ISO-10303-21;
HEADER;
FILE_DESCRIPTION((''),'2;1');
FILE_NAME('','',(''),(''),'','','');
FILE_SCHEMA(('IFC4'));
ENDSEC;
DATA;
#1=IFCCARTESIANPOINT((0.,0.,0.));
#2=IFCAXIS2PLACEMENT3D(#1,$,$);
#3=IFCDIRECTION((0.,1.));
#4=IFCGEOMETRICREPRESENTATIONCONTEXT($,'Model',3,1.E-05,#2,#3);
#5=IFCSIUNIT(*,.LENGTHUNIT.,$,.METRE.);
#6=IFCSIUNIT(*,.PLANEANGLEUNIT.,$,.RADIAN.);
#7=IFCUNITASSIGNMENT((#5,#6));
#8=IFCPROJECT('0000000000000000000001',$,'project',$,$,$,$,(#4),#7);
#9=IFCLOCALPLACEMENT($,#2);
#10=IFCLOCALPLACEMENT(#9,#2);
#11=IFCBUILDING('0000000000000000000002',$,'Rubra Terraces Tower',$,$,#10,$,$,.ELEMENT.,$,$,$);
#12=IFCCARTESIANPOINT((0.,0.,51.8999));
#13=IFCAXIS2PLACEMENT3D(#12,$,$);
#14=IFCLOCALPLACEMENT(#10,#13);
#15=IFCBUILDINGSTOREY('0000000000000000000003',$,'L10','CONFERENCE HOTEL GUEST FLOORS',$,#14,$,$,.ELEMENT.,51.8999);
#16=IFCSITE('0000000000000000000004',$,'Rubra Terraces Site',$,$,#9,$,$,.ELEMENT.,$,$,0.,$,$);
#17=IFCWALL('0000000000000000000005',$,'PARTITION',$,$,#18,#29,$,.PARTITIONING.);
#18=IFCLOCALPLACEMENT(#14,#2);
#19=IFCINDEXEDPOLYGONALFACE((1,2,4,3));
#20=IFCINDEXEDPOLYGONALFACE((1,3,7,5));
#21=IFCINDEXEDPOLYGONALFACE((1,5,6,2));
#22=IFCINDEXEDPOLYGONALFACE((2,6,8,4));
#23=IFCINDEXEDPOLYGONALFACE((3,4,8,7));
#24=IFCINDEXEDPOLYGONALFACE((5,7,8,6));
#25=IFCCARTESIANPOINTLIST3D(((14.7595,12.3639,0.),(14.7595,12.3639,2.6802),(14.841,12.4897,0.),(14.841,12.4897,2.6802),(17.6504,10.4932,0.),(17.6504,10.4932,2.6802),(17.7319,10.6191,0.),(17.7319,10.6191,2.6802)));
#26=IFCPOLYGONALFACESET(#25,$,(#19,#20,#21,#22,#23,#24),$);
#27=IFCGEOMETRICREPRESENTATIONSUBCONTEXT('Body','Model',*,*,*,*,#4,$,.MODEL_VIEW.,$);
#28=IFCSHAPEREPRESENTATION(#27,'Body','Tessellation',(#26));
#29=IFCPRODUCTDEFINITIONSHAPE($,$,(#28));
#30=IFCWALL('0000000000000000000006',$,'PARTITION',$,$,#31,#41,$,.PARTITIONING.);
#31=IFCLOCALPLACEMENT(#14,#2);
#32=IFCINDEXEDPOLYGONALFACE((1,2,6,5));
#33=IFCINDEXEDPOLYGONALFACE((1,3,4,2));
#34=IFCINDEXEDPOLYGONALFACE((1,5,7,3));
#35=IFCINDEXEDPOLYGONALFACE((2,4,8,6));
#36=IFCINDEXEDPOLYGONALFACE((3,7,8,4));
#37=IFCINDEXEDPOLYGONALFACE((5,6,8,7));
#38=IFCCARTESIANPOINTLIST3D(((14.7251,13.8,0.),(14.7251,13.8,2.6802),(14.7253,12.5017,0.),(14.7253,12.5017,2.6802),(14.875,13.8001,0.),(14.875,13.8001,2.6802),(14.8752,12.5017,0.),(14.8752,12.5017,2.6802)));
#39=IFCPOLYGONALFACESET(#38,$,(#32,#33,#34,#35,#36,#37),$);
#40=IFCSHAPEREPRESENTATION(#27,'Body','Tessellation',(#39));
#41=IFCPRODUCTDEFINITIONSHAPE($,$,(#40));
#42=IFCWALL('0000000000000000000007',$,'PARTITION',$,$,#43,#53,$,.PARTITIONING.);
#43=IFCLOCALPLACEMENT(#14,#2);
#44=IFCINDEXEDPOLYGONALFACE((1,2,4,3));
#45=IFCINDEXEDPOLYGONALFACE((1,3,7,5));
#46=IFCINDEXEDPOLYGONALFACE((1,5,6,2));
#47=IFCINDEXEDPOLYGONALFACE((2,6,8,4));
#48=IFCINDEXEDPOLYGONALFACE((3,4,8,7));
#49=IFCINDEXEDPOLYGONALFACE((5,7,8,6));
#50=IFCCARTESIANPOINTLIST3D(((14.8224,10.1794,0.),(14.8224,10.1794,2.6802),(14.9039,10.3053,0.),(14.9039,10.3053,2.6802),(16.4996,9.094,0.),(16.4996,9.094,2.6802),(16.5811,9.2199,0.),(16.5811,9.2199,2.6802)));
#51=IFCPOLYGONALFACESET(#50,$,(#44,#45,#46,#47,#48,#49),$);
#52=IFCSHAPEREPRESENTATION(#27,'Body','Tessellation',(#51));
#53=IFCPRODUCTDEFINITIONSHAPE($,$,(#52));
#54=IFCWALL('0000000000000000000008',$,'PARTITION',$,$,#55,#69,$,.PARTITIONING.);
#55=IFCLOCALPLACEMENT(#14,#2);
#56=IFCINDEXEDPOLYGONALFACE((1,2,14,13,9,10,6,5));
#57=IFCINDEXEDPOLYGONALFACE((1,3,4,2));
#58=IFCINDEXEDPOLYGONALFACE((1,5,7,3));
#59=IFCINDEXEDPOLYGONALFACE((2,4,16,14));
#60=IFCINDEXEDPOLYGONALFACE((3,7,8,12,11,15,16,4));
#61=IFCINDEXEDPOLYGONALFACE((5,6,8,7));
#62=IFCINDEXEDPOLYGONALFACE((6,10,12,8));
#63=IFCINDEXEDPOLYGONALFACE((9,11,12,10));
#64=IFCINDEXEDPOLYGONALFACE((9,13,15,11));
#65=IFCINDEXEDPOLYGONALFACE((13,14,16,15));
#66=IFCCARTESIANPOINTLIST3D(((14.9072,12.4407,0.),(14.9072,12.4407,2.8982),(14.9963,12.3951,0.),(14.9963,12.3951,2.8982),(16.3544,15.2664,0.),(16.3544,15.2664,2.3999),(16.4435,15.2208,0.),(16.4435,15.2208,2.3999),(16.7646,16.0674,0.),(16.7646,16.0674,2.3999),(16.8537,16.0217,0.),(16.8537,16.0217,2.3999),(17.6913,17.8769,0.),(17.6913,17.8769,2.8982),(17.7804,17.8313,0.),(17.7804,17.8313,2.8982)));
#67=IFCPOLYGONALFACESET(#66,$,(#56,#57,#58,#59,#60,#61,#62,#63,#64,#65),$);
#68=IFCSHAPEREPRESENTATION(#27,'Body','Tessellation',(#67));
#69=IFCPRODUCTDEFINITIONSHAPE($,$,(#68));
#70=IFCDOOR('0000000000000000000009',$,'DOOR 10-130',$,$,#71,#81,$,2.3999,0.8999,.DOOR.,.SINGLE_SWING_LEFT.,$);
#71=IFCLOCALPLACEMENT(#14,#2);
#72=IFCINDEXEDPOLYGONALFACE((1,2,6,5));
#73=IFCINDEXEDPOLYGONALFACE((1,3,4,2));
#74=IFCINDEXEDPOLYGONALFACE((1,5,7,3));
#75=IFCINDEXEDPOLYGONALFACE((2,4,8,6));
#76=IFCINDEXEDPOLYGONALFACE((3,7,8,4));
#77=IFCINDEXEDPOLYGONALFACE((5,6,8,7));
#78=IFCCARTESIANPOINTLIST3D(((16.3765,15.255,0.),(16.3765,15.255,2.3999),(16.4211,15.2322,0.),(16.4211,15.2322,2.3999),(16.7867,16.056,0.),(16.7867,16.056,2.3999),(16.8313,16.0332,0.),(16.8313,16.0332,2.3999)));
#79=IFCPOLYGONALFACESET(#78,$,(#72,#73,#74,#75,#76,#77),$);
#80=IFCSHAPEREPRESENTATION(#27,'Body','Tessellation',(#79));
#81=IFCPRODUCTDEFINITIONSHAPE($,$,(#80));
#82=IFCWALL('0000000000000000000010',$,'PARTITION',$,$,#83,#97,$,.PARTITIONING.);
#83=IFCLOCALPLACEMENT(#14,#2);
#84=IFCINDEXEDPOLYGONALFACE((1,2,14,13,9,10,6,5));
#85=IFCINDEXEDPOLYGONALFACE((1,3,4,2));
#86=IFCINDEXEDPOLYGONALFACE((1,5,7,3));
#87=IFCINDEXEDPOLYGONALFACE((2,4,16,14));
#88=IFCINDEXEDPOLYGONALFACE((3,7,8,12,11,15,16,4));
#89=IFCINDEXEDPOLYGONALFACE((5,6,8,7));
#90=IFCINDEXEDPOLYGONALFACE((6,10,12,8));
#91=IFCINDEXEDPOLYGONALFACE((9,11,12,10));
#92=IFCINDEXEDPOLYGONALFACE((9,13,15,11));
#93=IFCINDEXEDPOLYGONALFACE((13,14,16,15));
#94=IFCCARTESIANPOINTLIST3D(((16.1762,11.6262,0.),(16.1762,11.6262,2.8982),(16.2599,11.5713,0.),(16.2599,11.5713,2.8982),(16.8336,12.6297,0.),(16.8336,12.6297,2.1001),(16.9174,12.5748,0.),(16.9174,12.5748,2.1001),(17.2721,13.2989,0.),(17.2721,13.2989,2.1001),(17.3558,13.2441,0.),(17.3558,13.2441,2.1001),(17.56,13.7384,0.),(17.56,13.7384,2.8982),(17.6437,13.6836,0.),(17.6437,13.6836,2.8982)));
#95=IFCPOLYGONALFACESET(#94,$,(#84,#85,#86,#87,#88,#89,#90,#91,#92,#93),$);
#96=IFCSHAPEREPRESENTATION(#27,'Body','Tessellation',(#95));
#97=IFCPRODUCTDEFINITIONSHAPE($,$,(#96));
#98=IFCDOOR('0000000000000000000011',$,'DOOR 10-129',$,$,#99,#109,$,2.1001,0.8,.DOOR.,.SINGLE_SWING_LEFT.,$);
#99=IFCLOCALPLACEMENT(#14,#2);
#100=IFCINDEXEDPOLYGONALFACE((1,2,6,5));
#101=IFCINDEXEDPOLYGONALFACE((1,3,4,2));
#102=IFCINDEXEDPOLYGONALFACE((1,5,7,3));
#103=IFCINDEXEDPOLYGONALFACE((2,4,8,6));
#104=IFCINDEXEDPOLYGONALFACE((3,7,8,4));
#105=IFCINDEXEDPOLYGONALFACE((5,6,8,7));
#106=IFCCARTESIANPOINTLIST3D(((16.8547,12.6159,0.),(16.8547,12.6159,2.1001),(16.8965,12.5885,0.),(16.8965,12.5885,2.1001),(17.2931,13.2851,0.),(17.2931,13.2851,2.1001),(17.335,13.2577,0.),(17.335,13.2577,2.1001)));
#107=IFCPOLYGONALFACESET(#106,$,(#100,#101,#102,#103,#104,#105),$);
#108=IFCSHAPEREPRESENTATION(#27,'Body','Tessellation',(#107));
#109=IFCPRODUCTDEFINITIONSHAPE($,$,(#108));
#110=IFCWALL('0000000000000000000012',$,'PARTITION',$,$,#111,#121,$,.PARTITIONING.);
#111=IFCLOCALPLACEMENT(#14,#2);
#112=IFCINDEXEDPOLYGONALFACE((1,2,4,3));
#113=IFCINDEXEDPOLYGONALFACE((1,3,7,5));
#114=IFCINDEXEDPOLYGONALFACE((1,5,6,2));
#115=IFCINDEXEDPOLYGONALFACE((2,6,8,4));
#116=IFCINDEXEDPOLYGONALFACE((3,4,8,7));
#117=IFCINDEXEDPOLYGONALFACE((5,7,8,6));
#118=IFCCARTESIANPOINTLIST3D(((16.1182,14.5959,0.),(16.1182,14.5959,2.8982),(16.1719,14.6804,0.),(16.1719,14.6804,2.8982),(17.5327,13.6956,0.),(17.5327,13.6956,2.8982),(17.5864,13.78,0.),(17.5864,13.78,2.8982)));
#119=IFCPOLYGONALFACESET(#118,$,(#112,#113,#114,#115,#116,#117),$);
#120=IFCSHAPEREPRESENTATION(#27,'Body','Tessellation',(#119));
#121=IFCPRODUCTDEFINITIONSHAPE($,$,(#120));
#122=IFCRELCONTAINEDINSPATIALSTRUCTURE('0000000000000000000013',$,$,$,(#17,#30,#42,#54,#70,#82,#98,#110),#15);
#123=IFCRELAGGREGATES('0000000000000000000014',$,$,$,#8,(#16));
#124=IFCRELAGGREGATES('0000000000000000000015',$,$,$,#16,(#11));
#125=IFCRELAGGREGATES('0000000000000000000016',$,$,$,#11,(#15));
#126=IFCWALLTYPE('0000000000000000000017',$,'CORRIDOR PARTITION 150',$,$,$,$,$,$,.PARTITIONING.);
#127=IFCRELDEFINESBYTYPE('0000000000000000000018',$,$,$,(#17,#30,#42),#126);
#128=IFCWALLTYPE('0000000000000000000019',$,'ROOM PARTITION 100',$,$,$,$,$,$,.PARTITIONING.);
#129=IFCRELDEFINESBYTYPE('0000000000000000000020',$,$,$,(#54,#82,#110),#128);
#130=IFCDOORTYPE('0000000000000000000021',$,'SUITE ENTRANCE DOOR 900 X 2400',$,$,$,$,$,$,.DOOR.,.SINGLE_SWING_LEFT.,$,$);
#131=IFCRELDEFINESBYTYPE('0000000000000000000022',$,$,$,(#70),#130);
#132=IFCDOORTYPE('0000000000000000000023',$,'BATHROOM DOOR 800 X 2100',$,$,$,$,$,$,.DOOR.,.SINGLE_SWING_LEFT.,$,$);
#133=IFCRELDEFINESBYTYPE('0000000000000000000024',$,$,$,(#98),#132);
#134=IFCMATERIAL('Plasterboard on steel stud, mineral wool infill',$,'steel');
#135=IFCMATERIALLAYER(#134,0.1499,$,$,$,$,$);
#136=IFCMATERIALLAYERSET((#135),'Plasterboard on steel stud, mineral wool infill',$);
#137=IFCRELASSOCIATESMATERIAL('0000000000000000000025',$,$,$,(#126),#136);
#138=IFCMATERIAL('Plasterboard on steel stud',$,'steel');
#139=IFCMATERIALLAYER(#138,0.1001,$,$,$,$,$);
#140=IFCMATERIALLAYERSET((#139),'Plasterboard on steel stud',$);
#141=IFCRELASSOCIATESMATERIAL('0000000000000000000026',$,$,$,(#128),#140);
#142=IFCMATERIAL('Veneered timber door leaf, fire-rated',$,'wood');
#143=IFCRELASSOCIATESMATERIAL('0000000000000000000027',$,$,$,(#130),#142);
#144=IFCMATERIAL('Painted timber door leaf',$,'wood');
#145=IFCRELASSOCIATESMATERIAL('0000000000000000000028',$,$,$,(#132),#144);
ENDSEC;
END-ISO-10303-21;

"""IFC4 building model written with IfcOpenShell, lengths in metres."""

from ifc_helpers import new_model, si_unit, direction, frame, frame_2d, origin, place, context, subcontext, project, spatial, rectangle, extrude, material, layer, layer_set, type_object, element, fill, save


model = new_model("IFC4")

# Units and contexts
model_context = context("Model", 3, precision=1e-05, world=origin(), true_north=direction((0.0, 1.0)))
body_context = subcontext(model_context, "Body", "Model", "MODEL_VIEW")
ifc_project = project(units=[si_unit("LENGTHUNIT", "METRE"), si_unit("PLANEANGLEUNIT", "RADIAN")], contexts=[model_context])

# Site, building, storey
site_placement = place(None, origin())
site = spatial("IfcSite", under=ifc_project, at=site_placement, Name="Rubra Terraces Site", CompositionType="ELEMENT", RefElevation=0.0)
building_placement = place(site_placement, origin())
building = spatial("IfcBuilding", under=site, at=building_placement, Name="Rubra Terraces Tower", CompositionType="ELEMENT")
storey_placement = place(building_placement, frame((0.0, 0.0, 51.8999)))
storey = spatial("IfcBuildingStorey", under=building, at=storey_placement, Name="L10", Description="CONFERENCE HOTEL GUEST FLOORS", CompositionType="ELEMENT", Elevation=51.8999)

# Walls
ifc_material_1 = material(Name="Plasterboard on steel stud, mineral wool infill", Category="steel")
ifc_layer_1 = layer(ifc_material_1, 0.1499)
ifc_layer_set_1 = layer_set([ifc_layer_1], Name="Plasterboard on steel stud, mineral wool infill")
wall_type_1 = type_object("IfcWallType", Name="CORRIDOR PARTITION 150", PredefinedType="PARTITIONING", material=ifc_layer_set_1)
wall_1_placement = place(storey_placement, frame((17.6912, 10.5562, 0.0), z_axis=(0.0, 0.0, 1.0), x_axis=(-0.839564, 0.54326, 0.0)))
element("IfcWall", 1, at=wall_1_placement, inside=storey, type_object=wall_type_1, Name="PARTITION", PredefinedType="PARTITIONING", context=body_context, shape_type="SweptSolid", body=[
    extrude(rectangle(XDim=3.4434, YDim=0.1499, at=frame_2d((1.7217, 0.0))), origin(), (0.0, 0.0, 1.0), 2.6802),
])
wall_2_placement = place(storey_placement, frame((14.8003, 12.5017, 0.0), z_axis=(0.0, 0.0, 1.0), x_axis=(-0.000188, 1.0, 0.0)))
element("IfcWall", 2, at=wall_2_placement, inside=storey, type_object=wall_type_1, Name="PARTITION", PredefinedType="PARTITIONING", context=body_context, shape_type="SweptSolid", body=[
    extrude(rectangle(XDim=1.2983, YDim=0.1499, at=frame_2d((0.6492, 0.0))), origin(), (0.0, 0.0, 1.0), 2.6802),
])
wall_3_placement = place(storey_placement, frame((14.863, 10.2424, 0.0), z_axis=(0.0, 0.0, 1.0), x_axis=(0.839531, -0.543312, 0.0)))
element("IfcWall", 3, at=wall_3_placement, inside=storey, type_object=wall_type_1, Name="PARTITION", PredefinedType="PARTITIONING", context=body_context, shape_type="SweptSolid", body=[
    extrude(rectangle(XDim=1.9978, YDim=0.1499, at=frame_2d((0.999, 0.0))), origin(), (0.0, 0.0, 1.0), 2.6802),
])

# Walls, openings, doors
ifc_material_2 = material(Name="Plasterboard on steel stud", Category="steel")
ifc_layer_2 = layer(ifc_material_2, 0.1001)
ifc_layer_set_2 = layer_set([ifc_layer_2], Name="Plasterboard on steel stud")
wall_type_2 = type_object("IfcWallType", Name="ROOM PARTITION 100", PredefinedType="PARTITIONING", material=ifc_layer_set_2)
wall_4_placement = place(storey_placement, frame((17.7358, 17.854, 0.0), z_axis=(0.0, 0.0, 1.0), x_axis=(-0.455843, -0.89006, 0.0)))
wall_4 = element("IfcWall", 4, at=wall_4_placement, inside=storey, type_object=wall_type_2, Name="PARTITION", PredefinedType="PARTITIONING", context=body_context, shape_type="SweptSolid", body=[
    extrude(rectangle(XDim=6.1077, YDim=0.1001, at=frame_2d((3.0537, 0.0))), origin(), (0.0, 0.0, 1.0), 2.8982),
])
opening_1_placement = place(wall_4_placement, frame((2.033, 0.0, 0.0)))
opening_1 = element("IfcOpeningElement", 5, at=opening_1_placement, cuts=wall_4, PredefinedType="OPENING", context=body_context, shape_type="SweptSolid", body=[
    extrude(rectangle(XDim=0.8999, YDim=2.3999, at=frame_2d((0.45, 1.2))), frame((0.0, 0.0601, 0.0), z_axis=(0.0, -1.0, 0.0), x_axis=(1.0, 0.0, 0.0)), (0.0, 0.0, 1.0), 0.1201),
])
ifc_material_3 = material(Name="Veneered timber door leaf, fire-rated", Category="wood")
door_type_1 = type_object("IfcDoorType", Name="SUITE ENTRANCE DOOR 900 X 2400", OperationType="SINGLE_SWING_LEFT", PredefinedType="DOOR", material=ifc_material_3)
door_1_placement = place(opening_1_placement, origin())
door_1 = element("IfcDoor", 6, at=door_1_placement, inside=storey, type_object=door_type_1, Name="DOOR 10-130", OperationType="SINGLE_SWING_LEFT", OverallHeight=2.3999, OverallWidth=0.8999, PredefinedType="DOOR", context=body_context, shape_type="SweptSolid", body=[
    extrude(rectangle(XDim=0.8999, YDim=2.3999, at=frame_2d((0.45, 1.2))), frame((0.0, 0.0249, 0.0), z_axis=(0.0, -1.0, 0.0), x_axis=(1.0, 0.0, 0.0)), (0.0, 0.0, 1.0), 0.05),
])
fill(opening_1, door_1)
wall_5_placement = place(storey_placement, frame((16.218, 11.5986, 0.0), z_axis=(0.0, 0.0, 1.0), x_axis=(0.547989, 0.836486, 0.0)))
wall_5 = element("IfcWall", 7, at=wall_5_placement, inside=storey, type_object=wall_type_2, Name="PARTITION", PredefinedType="PARTITIONING", context=body_context, shape_type="SweptSolid", body=[
    extrude(rectangle(XDim=2.5251, YDim=0.1001, at=frame_2d((1.2627, 0.0))), origin(), (0.0, 0.0, 1.0), 2.8982),
])
opening_2_placement = place(wall_5_placement, frame((1.2, 0.0, 0.0)))
opening_2 = element("IfcOpeningElement", 8, at=opening_2_placement, cuts=wall_5, PredefinedType="OPENING", context=body_context, shape_type="SweptSolid", body=[
    extrude(rectangle(XDim=0.8, YDim=2.1001, at=frame_2d((0.3999, 1.05))), frame((0.0, 0.0601, 0.0), z_axis=(0.0, -1.0, 0.0), x_axis=(1.0, 0.0, 0.0)), (0.0, 0.0, 1.0), 0.1201),
])
ifc_material_4 = material(Name="Painted timber door leaf", Category="wood")
door_type_2 = type_object("IfcDoorType", Name="BATHROOM DOOR 800 X 2100", OperationType="SINGLE_SWING_LEFT", PredefinedType="DOOR", material=ifc_material_4)
door_2_placement = place(opening_2_placement, origin())
door_2 = element("IfcDoor", 9, at=door_2_placement, inside=storey, type_object=door_type_2, Name="DOOR 10-129", OperationType="SINGLE_SWING_LEFT", OverallHeight=2.1001, OverallWidth=0.8, PredefinedType="DOOR", context=body_context, shape_type="SweptSolid", body=[
    extrude(rectangle(XDim=0.8, YDim=2.1001, at=frame_2d((0.3999, 1.05))), frame((0.0, 0.0249, 0.0), z_axis=(0.0, -1.0, 0.0), x_axis=(1.0, 0.0, 0.0)), (0.0, 0.0, 1.0), 0.05),
])
fill(opening_2, door_2)

# Wall
wall_6_placement = place(storey_placement, frame((17.5596, 13.7378, 0.0), z_axis=(0.0, 0.0, 1.0), x_axis=(-0.843602, 0.53697, 0.0)))
element("IfcWall", 10, at=wall_6_placement, inside=storey, type_object=wall_type_2, Name="PARTITION", PredefinedType="PARTITIONING", context=body_context, shape_type="SweptSolid", body=[
    extrude(rectangle(XDim=1.6768, YDim=0.1001, at=frame_2d((0.8384, 0.0))), origin(), (0.0, 0.0, 1.0), 2.8982),
])

save(model, "model.ifc")
